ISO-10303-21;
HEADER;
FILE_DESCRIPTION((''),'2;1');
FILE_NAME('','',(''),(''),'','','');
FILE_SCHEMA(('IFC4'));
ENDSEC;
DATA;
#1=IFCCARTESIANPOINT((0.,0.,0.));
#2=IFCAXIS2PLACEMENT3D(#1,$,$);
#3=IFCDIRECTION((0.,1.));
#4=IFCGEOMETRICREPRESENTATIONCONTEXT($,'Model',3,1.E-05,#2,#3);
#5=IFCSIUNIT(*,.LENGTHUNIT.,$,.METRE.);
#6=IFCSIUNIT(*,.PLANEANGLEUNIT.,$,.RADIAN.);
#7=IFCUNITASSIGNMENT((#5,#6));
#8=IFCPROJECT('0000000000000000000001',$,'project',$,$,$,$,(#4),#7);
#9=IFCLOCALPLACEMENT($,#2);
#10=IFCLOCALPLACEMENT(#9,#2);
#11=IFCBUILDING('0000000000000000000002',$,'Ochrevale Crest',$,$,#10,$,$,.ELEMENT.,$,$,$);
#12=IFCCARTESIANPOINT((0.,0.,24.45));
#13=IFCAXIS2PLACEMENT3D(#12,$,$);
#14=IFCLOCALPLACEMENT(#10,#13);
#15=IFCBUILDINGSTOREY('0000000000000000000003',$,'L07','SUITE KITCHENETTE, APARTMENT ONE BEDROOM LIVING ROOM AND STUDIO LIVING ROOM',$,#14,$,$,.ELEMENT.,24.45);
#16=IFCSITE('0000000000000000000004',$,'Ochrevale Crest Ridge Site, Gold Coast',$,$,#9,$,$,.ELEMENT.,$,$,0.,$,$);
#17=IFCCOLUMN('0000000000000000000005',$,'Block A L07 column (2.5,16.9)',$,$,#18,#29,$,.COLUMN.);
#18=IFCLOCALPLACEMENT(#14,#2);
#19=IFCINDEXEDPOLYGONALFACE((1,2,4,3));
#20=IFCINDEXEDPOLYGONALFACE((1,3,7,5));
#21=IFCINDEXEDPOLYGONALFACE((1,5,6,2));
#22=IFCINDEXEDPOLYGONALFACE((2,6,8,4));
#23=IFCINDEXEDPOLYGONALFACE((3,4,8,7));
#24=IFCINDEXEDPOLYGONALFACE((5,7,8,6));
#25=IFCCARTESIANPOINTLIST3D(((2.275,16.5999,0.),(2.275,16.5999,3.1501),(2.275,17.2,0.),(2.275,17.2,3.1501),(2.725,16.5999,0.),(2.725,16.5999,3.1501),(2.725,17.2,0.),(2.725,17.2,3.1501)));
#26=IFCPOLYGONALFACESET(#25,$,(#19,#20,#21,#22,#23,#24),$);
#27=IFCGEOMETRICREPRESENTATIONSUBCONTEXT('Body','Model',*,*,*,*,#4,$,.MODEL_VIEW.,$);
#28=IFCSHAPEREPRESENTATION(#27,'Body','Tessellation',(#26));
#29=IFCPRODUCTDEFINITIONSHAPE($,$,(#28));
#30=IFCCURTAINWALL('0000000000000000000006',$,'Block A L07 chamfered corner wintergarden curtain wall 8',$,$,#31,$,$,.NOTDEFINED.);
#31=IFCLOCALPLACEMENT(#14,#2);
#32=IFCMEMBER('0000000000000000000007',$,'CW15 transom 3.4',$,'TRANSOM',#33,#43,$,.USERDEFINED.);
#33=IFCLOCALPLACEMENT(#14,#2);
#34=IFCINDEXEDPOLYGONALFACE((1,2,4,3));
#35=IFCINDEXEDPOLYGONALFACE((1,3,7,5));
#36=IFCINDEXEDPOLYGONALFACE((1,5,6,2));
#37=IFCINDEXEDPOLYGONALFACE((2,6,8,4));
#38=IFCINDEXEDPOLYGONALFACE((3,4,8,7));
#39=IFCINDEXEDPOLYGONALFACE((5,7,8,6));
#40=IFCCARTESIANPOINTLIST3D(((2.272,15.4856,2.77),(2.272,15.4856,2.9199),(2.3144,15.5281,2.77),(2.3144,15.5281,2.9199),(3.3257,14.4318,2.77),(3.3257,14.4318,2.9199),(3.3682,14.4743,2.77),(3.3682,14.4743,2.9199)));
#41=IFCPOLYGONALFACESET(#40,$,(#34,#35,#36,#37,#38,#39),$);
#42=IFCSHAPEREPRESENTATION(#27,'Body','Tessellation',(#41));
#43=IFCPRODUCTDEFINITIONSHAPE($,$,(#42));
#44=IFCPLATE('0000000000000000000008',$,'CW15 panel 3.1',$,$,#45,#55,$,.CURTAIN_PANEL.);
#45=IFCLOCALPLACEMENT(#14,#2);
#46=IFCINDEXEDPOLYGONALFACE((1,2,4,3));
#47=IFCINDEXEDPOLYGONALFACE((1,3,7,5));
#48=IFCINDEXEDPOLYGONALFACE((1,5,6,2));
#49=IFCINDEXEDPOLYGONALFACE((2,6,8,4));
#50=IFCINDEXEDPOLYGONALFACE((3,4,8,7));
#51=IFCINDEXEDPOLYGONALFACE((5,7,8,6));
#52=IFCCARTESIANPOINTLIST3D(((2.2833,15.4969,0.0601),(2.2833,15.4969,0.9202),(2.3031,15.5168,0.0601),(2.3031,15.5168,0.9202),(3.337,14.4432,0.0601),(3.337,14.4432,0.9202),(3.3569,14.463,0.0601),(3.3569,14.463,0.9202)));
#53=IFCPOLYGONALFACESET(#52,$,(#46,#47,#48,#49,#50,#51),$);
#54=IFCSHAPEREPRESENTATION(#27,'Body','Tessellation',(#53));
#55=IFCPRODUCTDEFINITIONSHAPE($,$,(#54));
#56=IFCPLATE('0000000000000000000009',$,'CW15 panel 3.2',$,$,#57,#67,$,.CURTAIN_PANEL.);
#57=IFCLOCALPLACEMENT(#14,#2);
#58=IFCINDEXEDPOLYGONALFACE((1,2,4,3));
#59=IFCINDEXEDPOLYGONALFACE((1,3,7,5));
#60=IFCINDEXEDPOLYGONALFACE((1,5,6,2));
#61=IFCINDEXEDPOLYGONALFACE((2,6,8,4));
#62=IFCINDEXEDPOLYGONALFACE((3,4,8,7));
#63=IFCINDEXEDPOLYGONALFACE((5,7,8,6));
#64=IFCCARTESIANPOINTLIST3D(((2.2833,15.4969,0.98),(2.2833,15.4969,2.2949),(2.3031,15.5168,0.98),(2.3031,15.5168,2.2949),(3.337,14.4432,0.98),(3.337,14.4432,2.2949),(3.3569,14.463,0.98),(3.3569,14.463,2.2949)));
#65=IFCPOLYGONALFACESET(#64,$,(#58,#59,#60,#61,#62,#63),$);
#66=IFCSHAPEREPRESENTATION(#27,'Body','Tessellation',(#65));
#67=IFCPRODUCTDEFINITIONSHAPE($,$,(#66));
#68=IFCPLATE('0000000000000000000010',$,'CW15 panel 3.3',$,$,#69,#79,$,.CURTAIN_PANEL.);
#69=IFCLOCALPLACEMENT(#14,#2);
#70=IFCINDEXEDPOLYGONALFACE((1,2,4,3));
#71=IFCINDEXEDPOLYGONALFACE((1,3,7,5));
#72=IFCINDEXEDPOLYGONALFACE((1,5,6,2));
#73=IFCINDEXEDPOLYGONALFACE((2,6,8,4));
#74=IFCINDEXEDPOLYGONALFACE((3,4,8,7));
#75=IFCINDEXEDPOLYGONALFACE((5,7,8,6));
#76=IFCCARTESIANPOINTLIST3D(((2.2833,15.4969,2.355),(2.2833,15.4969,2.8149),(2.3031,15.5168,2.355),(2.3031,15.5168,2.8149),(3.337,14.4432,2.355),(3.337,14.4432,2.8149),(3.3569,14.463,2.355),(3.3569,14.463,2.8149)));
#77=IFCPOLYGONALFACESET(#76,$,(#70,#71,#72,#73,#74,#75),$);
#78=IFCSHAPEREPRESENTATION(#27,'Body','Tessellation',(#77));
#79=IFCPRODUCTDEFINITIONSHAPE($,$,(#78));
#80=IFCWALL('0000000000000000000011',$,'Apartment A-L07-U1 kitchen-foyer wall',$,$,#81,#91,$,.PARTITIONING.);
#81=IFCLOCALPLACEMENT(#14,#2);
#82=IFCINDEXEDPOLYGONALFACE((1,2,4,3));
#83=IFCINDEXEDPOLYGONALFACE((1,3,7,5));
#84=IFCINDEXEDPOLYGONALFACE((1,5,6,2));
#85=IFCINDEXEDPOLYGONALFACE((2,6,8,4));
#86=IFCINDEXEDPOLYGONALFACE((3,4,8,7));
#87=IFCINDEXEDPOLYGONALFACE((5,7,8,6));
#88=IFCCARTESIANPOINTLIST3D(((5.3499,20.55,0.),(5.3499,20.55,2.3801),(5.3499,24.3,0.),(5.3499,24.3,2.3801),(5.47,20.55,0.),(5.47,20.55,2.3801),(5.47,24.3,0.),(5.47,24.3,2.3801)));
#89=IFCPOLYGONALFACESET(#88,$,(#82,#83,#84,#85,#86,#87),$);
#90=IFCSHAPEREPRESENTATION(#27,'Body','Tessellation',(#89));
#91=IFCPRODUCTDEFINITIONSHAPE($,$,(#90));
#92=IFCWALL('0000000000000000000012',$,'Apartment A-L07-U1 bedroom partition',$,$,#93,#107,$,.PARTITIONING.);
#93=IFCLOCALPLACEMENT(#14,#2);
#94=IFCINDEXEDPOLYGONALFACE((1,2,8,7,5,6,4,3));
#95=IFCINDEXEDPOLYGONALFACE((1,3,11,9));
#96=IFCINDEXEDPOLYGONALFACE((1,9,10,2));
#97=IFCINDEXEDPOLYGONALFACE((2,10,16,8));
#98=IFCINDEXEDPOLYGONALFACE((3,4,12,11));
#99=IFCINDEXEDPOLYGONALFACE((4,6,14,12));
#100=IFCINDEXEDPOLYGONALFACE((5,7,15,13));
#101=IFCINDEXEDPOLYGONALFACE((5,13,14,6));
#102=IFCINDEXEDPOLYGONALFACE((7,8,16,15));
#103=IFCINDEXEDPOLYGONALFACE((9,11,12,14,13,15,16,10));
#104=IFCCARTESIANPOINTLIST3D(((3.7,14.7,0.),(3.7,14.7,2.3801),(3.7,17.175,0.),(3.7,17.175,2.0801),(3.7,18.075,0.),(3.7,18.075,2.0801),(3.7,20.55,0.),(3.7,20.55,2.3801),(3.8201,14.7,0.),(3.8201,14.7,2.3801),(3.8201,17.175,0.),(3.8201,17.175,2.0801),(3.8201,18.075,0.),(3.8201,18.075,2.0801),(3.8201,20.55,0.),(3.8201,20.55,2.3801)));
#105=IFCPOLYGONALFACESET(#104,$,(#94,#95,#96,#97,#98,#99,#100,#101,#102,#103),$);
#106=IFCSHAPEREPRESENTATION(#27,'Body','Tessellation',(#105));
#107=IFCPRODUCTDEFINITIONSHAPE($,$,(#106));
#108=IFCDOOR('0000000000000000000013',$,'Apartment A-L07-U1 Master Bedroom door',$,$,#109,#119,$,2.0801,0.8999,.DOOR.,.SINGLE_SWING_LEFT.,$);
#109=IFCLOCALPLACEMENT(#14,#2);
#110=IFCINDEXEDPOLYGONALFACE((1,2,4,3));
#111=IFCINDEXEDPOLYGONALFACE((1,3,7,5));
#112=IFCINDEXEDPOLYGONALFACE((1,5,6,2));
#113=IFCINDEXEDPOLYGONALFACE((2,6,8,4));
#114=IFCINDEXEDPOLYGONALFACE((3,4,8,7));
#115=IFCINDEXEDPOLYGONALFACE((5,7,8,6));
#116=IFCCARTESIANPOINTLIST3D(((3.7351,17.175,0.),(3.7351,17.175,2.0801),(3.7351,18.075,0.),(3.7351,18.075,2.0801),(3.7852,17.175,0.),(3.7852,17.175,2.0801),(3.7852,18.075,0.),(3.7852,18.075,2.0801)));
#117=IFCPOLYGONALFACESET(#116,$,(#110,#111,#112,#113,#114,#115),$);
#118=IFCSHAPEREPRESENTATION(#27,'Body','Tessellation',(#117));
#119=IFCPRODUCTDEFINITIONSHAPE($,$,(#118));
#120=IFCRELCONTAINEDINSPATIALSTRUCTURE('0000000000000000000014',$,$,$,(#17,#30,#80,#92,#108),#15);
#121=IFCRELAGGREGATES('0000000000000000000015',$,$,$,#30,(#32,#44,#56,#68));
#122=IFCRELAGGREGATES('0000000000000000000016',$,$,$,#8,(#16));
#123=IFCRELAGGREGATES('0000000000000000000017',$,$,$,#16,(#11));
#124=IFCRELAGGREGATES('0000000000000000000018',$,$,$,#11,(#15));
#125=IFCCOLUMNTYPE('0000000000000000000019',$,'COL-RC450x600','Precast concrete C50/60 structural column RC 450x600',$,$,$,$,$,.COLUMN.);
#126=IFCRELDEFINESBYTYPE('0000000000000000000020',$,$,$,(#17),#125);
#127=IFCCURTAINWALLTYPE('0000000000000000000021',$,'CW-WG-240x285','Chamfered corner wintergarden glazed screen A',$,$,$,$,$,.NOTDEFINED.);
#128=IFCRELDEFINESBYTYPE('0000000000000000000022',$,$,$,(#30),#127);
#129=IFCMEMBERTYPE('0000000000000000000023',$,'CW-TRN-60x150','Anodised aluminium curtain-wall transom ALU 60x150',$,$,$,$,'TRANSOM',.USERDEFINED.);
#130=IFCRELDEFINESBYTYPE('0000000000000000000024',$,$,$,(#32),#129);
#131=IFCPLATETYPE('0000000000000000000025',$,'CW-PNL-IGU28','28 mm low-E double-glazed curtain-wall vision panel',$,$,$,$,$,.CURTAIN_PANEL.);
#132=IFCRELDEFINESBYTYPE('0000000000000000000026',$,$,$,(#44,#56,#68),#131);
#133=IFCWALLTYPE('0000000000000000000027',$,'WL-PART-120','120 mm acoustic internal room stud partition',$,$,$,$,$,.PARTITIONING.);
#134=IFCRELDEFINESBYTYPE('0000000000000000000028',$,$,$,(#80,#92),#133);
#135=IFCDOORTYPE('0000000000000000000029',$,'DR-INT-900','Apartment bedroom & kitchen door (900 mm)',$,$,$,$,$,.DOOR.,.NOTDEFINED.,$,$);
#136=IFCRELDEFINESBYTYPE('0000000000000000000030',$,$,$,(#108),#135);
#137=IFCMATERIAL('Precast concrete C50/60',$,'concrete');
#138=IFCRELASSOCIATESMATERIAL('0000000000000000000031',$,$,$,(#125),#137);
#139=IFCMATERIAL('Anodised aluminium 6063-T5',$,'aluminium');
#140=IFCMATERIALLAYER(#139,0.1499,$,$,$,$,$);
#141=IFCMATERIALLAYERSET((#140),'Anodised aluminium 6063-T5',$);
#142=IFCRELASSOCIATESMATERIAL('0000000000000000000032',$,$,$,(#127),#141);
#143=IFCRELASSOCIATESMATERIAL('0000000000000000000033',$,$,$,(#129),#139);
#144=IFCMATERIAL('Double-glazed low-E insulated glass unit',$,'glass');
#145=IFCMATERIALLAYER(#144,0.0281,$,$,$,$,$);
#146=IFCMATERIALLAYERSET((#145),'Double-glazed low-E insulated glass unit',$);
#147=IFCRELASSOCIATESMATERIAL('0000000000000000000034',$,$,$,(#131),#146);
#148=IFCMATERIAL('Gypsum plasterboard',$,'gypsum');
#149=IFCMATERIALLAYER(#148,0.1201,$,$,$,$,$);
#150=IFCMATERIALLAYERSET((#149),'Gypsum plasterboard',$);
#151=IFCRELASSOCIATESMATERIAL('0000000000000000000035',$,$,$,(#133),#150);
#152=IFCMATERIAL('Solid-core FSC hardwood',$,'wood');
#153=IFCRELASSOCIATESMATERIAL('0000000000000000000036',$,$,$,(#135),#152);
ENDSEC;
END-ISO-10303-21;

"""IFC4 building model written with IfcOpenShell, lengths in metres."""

from ifc_helpers import new_model, si_unit, direction, frame, frame_2d, origin, origin_2d, place, context, subcontext, project, spatial, rectangle, extrude, material, layer, layer_set, material_profile, profile_set, type_object, element, fill, aggregate, save


model = new_model("IFC4")

# Units and contexts
model_context = context("Model", 3, precision=1e-05, world=origin(), true_north=direction((0.0, 1.0)))
body_context = subcontext(model_context, "Body", "Model", "MODEL_VIEW")
ifc_project = project(units=[si_unit("LENGTHUNIT", "METRE"), si_unit("PLANEANGLEUNIT", "RADIAN")], contexts=[model_context])

# Site, building, storey
site_placement = place(None, origin())
site = spatial("IfcSite", under=ifc_project, at=site_placement, Name="Ochrevale Crest Ridge Site, Gold Coast", CompositionType="ELEMENT", RefElevation=0.0)
building_placement = place(site_placement, origin())
building = spatial("IfcBuilding", under=site, at=building_placement, Name="Ochrevale Crest", CompositionType="ELEMENT")
storey_placement = place(building_placement, frame((0.0, 0.0, 24.45)))
storey = spatial("IfcBuildingStorey", under=building, at=storey_placement, Name="L07", Description="SUITE KITCHENETTE, APARTMENT ONE BEDROOM LIVING ROOM AND STUDIO LIVING ROOM", CompositionType="ELEMENT", Elevation=24.45)

# Column
ifc_material_1 = material(Name="Precast concrete C50/60", Category="concrete")
ifc_material_profile_1 = material_profile(ifc_material_1, rectangle(XDim=0.45, YDim=0.6001, at=origin_2d()), Name="RC 450x600")
ifc_profile_set_1 = profile_set([ifc_material_profile_1], Name="Precast concrete C50/60")
column_type = type_object("IfcColumnType", Name="COL-RC450x600", Description="Precast concrete C50/60 structural column RC 450x600", PredefinedType="COLUMN", material=ifc_profile_set_1)
column_placement = place(storey_placement, frame((2.5, 16.8999, 0.0), z_axis=(0.0, 0.0, 1.0), x_axis=(1.0, 0.0, 0.0)))
element("IfcColumn", 1, at=column_placement, inside=storey, type_object=column_type, Name="Block A L07 column (2.5,16.9)", PredefinedType="COLUMN", context=body_context, shape_type="SweptSolid", body=[
    extrude(rectangle(XDim=0.45, YDim=0.6001, at=origin_2d()), origin(), (0.0, 0.0, 1.0), 3.1501),
])

# Curtain wall, member, plates
ifc_material_2 = material(Name="Anodised aluminium 6063-T5", Category="aluminium")
ifc_layer_1 = layer(ifc_material_2, 0.1499)
ifc_layer_set_1 = layer_set([ifc_layer_1], Name="Anodised aluminium 6063-T5")
curtain_wall_type = type_object("IfcCurtainWallType", Name="CW-WG-240x285", Description="Chamfered corner wintergarden glazed screen A", PredefinedType="NOTDEFINED", material=ifc_layer_set_1)
curtain_wall_placement = place(storey_placement, origin())
curtain_wall = element("IfcCurtainWall", 2, at=curtain_wall_placement, inside=storey, type_object=curtain_wall_type, Name="Block A L07 chamfered corner wintergarden curtain wall 8", PredefinedType="NOTDEFINED")
ifc_material_profile_2 = material_profile(ifc_material_2, rectangle(XDim=0.0601, YDim=0.1499, at=origin_2d()), Name="ALU 60x150")
ifc_profile_set_2 = profile_set([ifc_material_profile_2], Name="Anodised aluminium 6063-T5")
member_type = type_object("IfcMemberType", Name="CW-TRN-60x150", Description="Anodised aluminium curtain-wall transom ALU 60x150", ElementType="TRANSOM", PredefinedType="USERDEFINED", material=ifc_profile_set_2)
member_placement = place(storey_placement, frame((2.2932, 15.5068, 2.845), z_axis=(0.707107, -0.707107, 0.0), x_axis=(0.707107, 0.707107, 0.0)))
member = element("IfcMember", 3, at=member_placement, type_object=member_type, Name="CW15 transom 3.4", ObjectType="TRANSOM", PredefinedType="USERDEFINED", context=body_context, shape_type="SweptSolid", body=[
    extrude(rectangle(XDim=0.0601, YDim=0.1499, at=origin_2d()), origin(), (0.0, 0.0, 1.0), 1.4902),
])
ifc_material_3 = material(Name="Double-glazed low-E insulated glass unit", Category="glass")
ifc_layer_2 = layer(ifc_material_3, 0.0281)
ifc_layer_set_2 = layer_set([ifc_layer_2], Name="Double-glazed low-E insulated glass unit")
plate_type = type_object("IfcPlateType", Name="CW-PNL-IGU28", Description="28 mm low-E double-glazed curtain-wall vision panel", PredefinedType="CURTAIN_PANEL", material=ifc_layer_set_2)
plate_1_placement = place(storey_placement, frame((2.8201, 14.98, 0.0601), z_axis=(0.0, 0.0, 1.0), x_axis=(0.707107, -0.707107, 0.0)))
plate_1 = element("IfcPlate", 4, at=plate_1_placement, type_object=plate_type, Name="CW15 panel 3.1", PredefinedType="CURTAIN_PANEL", context=body_context, shape_type="SweptSolid", body=[
    extrude(rectangle(XDim=1.4902, YDim=0.0281, at=origin_2d()), origin(), (0.0, 0.0, 1.0), 0.8601),
])
plate_2_placement = place(storey_placement, frame((2.8201, 14.98, 0.98), z_axis=(0.0, 0.0, 1.0), x_axis=(0.707107, -0.707107, 0.0)))
plate_2 = element("IfcPlate", 5, at=plate_2_placement, type_object=plate_type, Name="CW15 panel 3.2", PredefinedType="CURTAIN_PANEL", context=body_context, shape_type="SweptSolid", body=[
    extrude(rectangle(XDim=1.4902, YDim=0.0281, at=origin_2d()), origin(), (0.0, 0.0, 1.0), 1.3149),
])
plate_3_placement = place(storey_placement, frame((2.8201, 14.98, 2.355), z_axis=(0.0, 0.0, 1.0), x_axis=(0.707107, -0.707107, 0.0)))
plate_3 = element("IfcPlate", 6, at=plate_3_placement, type_object=plate_type, Name="CW15 panel 3.3", PredefinedType="CURTAIN_PANEL", context=body_context, shape_type="SweptSolid", body=[
    extrude(rectangle(XDim=1.4902, YDim=0.0281, at=origin_2d()), origin(), (0.0, 0.0, 1.0), 0.46),
])
aggregate(curtain_wall, [member, plate_1, plate_2, plate_3])

# Wall
ifc_material_4 = material(Name="Gypsum plasterboard", Category="gypsum")
ifc_layer_3 = layer(ifc_material_4, 0.1201)
ifc_layer_set_3 = layer_set([ifc_layer_3], Name="Gypsum plasterboard")
wall_type_1 = type_object("IfcWallType", Name="WL-PART-120", Description="120 mm acoustic internal room stud partition", PredefinedType="PARTITIONING", material=ifc_layer_set_3)
wall_1_placement = place(storey_placement, frame((5.4099, 20.55, 0.0), z_axis=(0.0, 0.0, 1.0), x_axis=(0.0, 1.0, 0.0)))
element("IfcWall", 7, at=wall_1_placement, inside=storey, type_object=wall_type_1, Name="Apartment A-L07-U1 kitchen-foyer wall", PredefinedType="PARTITIONING", context=body_context, shape_type="SweptSolid", body=[
    extrude(rectangle(XDim=3.75, YDim=0.1201, at=frame_2d((1.875, 0.0))), origin(), (0.0, 0.0, 1.0), 2.3801),
])

# Wall, opening, door
wall_2_placement = place(storey_placement, frame((3.76, 14.7, 0.0), z_axis=(0.0, 0.0, 1.0), x_axis=(0.0, 1.0, 0.0)))
wall_2 = element("IfcWall", 8, at=wall_2_placement, inside=storey, type_object=wall_type_1, Name="Apartment A-L07-U1 bedroom partition", PredefinedType="PARTITIONING", context=body_context, shape_type="SweptSolid", body=[
    extrude(rectangle(XDim=5.8501, YDim=0.1201, at=frame_2d((2.925, 0.0))), origin(), (0.0, 0.0, 1.0), 2.3801),
])
opening_1_placement = place(wall_2_placement, frame((2.4751, 0.0, 0.0)))
opening_1 = element("IfcOpeningElement", 9, at=opening_1_placement, cuts=wall_2, PredefinedType="OPENING", context=body_context, shape_type="SweptSolid", body=[
    extrude(rectangle(XDim=0.8999, YDim=2.0801, at=frame_2d((0.45, 1.04))), frame((0.0, 0.0701, 0.0), z_axis=(0.0, -1.0, 0.0), x_axis=(1.0, 0.0, 0.0)), (0.0, 0.0, 1.0), 0.1401),
])
ifc_material_5 = material(Name="Solid-core FSC hardwood", Category="wood")
door_type_1 = type_object("IfcDoorType", Name="DR-INT-900", Description="Apartment bedroom & kitchen door (900 mm)", OperationType="NOTDEFINED", PredefinedType="DOOR", material=ifc_material_5)
door_1_placement = place(opening_1_placement, origin())
door_1 = element("IfcDoor", 10, at=door_1_placement, inside=storey, type_object=door_type_1, Name="Apartment A-L07-U1 Master Bedroom door", OperationType="SINGLE_SWING_LEFT", OverallHeight=2.0801, OverallWidth=0.8999, PredefinedType="DOOR", context=body_context, shape_type="SweptSolid", body=[
    extrude(rectangle(XDim=0.8999, YDim=2.0801, at=frame_2d((0.45, 1.04))), frame((0.0, 0.0249, 0.0), z_axis=(0.0, -1.0, 0.0), x_axis=(1.0, 0.0, 0.0)), (0.0, 0.0, 1.0), 0.05),
])
fill(opening_1, door_1)

save(model, "model.ifc")
